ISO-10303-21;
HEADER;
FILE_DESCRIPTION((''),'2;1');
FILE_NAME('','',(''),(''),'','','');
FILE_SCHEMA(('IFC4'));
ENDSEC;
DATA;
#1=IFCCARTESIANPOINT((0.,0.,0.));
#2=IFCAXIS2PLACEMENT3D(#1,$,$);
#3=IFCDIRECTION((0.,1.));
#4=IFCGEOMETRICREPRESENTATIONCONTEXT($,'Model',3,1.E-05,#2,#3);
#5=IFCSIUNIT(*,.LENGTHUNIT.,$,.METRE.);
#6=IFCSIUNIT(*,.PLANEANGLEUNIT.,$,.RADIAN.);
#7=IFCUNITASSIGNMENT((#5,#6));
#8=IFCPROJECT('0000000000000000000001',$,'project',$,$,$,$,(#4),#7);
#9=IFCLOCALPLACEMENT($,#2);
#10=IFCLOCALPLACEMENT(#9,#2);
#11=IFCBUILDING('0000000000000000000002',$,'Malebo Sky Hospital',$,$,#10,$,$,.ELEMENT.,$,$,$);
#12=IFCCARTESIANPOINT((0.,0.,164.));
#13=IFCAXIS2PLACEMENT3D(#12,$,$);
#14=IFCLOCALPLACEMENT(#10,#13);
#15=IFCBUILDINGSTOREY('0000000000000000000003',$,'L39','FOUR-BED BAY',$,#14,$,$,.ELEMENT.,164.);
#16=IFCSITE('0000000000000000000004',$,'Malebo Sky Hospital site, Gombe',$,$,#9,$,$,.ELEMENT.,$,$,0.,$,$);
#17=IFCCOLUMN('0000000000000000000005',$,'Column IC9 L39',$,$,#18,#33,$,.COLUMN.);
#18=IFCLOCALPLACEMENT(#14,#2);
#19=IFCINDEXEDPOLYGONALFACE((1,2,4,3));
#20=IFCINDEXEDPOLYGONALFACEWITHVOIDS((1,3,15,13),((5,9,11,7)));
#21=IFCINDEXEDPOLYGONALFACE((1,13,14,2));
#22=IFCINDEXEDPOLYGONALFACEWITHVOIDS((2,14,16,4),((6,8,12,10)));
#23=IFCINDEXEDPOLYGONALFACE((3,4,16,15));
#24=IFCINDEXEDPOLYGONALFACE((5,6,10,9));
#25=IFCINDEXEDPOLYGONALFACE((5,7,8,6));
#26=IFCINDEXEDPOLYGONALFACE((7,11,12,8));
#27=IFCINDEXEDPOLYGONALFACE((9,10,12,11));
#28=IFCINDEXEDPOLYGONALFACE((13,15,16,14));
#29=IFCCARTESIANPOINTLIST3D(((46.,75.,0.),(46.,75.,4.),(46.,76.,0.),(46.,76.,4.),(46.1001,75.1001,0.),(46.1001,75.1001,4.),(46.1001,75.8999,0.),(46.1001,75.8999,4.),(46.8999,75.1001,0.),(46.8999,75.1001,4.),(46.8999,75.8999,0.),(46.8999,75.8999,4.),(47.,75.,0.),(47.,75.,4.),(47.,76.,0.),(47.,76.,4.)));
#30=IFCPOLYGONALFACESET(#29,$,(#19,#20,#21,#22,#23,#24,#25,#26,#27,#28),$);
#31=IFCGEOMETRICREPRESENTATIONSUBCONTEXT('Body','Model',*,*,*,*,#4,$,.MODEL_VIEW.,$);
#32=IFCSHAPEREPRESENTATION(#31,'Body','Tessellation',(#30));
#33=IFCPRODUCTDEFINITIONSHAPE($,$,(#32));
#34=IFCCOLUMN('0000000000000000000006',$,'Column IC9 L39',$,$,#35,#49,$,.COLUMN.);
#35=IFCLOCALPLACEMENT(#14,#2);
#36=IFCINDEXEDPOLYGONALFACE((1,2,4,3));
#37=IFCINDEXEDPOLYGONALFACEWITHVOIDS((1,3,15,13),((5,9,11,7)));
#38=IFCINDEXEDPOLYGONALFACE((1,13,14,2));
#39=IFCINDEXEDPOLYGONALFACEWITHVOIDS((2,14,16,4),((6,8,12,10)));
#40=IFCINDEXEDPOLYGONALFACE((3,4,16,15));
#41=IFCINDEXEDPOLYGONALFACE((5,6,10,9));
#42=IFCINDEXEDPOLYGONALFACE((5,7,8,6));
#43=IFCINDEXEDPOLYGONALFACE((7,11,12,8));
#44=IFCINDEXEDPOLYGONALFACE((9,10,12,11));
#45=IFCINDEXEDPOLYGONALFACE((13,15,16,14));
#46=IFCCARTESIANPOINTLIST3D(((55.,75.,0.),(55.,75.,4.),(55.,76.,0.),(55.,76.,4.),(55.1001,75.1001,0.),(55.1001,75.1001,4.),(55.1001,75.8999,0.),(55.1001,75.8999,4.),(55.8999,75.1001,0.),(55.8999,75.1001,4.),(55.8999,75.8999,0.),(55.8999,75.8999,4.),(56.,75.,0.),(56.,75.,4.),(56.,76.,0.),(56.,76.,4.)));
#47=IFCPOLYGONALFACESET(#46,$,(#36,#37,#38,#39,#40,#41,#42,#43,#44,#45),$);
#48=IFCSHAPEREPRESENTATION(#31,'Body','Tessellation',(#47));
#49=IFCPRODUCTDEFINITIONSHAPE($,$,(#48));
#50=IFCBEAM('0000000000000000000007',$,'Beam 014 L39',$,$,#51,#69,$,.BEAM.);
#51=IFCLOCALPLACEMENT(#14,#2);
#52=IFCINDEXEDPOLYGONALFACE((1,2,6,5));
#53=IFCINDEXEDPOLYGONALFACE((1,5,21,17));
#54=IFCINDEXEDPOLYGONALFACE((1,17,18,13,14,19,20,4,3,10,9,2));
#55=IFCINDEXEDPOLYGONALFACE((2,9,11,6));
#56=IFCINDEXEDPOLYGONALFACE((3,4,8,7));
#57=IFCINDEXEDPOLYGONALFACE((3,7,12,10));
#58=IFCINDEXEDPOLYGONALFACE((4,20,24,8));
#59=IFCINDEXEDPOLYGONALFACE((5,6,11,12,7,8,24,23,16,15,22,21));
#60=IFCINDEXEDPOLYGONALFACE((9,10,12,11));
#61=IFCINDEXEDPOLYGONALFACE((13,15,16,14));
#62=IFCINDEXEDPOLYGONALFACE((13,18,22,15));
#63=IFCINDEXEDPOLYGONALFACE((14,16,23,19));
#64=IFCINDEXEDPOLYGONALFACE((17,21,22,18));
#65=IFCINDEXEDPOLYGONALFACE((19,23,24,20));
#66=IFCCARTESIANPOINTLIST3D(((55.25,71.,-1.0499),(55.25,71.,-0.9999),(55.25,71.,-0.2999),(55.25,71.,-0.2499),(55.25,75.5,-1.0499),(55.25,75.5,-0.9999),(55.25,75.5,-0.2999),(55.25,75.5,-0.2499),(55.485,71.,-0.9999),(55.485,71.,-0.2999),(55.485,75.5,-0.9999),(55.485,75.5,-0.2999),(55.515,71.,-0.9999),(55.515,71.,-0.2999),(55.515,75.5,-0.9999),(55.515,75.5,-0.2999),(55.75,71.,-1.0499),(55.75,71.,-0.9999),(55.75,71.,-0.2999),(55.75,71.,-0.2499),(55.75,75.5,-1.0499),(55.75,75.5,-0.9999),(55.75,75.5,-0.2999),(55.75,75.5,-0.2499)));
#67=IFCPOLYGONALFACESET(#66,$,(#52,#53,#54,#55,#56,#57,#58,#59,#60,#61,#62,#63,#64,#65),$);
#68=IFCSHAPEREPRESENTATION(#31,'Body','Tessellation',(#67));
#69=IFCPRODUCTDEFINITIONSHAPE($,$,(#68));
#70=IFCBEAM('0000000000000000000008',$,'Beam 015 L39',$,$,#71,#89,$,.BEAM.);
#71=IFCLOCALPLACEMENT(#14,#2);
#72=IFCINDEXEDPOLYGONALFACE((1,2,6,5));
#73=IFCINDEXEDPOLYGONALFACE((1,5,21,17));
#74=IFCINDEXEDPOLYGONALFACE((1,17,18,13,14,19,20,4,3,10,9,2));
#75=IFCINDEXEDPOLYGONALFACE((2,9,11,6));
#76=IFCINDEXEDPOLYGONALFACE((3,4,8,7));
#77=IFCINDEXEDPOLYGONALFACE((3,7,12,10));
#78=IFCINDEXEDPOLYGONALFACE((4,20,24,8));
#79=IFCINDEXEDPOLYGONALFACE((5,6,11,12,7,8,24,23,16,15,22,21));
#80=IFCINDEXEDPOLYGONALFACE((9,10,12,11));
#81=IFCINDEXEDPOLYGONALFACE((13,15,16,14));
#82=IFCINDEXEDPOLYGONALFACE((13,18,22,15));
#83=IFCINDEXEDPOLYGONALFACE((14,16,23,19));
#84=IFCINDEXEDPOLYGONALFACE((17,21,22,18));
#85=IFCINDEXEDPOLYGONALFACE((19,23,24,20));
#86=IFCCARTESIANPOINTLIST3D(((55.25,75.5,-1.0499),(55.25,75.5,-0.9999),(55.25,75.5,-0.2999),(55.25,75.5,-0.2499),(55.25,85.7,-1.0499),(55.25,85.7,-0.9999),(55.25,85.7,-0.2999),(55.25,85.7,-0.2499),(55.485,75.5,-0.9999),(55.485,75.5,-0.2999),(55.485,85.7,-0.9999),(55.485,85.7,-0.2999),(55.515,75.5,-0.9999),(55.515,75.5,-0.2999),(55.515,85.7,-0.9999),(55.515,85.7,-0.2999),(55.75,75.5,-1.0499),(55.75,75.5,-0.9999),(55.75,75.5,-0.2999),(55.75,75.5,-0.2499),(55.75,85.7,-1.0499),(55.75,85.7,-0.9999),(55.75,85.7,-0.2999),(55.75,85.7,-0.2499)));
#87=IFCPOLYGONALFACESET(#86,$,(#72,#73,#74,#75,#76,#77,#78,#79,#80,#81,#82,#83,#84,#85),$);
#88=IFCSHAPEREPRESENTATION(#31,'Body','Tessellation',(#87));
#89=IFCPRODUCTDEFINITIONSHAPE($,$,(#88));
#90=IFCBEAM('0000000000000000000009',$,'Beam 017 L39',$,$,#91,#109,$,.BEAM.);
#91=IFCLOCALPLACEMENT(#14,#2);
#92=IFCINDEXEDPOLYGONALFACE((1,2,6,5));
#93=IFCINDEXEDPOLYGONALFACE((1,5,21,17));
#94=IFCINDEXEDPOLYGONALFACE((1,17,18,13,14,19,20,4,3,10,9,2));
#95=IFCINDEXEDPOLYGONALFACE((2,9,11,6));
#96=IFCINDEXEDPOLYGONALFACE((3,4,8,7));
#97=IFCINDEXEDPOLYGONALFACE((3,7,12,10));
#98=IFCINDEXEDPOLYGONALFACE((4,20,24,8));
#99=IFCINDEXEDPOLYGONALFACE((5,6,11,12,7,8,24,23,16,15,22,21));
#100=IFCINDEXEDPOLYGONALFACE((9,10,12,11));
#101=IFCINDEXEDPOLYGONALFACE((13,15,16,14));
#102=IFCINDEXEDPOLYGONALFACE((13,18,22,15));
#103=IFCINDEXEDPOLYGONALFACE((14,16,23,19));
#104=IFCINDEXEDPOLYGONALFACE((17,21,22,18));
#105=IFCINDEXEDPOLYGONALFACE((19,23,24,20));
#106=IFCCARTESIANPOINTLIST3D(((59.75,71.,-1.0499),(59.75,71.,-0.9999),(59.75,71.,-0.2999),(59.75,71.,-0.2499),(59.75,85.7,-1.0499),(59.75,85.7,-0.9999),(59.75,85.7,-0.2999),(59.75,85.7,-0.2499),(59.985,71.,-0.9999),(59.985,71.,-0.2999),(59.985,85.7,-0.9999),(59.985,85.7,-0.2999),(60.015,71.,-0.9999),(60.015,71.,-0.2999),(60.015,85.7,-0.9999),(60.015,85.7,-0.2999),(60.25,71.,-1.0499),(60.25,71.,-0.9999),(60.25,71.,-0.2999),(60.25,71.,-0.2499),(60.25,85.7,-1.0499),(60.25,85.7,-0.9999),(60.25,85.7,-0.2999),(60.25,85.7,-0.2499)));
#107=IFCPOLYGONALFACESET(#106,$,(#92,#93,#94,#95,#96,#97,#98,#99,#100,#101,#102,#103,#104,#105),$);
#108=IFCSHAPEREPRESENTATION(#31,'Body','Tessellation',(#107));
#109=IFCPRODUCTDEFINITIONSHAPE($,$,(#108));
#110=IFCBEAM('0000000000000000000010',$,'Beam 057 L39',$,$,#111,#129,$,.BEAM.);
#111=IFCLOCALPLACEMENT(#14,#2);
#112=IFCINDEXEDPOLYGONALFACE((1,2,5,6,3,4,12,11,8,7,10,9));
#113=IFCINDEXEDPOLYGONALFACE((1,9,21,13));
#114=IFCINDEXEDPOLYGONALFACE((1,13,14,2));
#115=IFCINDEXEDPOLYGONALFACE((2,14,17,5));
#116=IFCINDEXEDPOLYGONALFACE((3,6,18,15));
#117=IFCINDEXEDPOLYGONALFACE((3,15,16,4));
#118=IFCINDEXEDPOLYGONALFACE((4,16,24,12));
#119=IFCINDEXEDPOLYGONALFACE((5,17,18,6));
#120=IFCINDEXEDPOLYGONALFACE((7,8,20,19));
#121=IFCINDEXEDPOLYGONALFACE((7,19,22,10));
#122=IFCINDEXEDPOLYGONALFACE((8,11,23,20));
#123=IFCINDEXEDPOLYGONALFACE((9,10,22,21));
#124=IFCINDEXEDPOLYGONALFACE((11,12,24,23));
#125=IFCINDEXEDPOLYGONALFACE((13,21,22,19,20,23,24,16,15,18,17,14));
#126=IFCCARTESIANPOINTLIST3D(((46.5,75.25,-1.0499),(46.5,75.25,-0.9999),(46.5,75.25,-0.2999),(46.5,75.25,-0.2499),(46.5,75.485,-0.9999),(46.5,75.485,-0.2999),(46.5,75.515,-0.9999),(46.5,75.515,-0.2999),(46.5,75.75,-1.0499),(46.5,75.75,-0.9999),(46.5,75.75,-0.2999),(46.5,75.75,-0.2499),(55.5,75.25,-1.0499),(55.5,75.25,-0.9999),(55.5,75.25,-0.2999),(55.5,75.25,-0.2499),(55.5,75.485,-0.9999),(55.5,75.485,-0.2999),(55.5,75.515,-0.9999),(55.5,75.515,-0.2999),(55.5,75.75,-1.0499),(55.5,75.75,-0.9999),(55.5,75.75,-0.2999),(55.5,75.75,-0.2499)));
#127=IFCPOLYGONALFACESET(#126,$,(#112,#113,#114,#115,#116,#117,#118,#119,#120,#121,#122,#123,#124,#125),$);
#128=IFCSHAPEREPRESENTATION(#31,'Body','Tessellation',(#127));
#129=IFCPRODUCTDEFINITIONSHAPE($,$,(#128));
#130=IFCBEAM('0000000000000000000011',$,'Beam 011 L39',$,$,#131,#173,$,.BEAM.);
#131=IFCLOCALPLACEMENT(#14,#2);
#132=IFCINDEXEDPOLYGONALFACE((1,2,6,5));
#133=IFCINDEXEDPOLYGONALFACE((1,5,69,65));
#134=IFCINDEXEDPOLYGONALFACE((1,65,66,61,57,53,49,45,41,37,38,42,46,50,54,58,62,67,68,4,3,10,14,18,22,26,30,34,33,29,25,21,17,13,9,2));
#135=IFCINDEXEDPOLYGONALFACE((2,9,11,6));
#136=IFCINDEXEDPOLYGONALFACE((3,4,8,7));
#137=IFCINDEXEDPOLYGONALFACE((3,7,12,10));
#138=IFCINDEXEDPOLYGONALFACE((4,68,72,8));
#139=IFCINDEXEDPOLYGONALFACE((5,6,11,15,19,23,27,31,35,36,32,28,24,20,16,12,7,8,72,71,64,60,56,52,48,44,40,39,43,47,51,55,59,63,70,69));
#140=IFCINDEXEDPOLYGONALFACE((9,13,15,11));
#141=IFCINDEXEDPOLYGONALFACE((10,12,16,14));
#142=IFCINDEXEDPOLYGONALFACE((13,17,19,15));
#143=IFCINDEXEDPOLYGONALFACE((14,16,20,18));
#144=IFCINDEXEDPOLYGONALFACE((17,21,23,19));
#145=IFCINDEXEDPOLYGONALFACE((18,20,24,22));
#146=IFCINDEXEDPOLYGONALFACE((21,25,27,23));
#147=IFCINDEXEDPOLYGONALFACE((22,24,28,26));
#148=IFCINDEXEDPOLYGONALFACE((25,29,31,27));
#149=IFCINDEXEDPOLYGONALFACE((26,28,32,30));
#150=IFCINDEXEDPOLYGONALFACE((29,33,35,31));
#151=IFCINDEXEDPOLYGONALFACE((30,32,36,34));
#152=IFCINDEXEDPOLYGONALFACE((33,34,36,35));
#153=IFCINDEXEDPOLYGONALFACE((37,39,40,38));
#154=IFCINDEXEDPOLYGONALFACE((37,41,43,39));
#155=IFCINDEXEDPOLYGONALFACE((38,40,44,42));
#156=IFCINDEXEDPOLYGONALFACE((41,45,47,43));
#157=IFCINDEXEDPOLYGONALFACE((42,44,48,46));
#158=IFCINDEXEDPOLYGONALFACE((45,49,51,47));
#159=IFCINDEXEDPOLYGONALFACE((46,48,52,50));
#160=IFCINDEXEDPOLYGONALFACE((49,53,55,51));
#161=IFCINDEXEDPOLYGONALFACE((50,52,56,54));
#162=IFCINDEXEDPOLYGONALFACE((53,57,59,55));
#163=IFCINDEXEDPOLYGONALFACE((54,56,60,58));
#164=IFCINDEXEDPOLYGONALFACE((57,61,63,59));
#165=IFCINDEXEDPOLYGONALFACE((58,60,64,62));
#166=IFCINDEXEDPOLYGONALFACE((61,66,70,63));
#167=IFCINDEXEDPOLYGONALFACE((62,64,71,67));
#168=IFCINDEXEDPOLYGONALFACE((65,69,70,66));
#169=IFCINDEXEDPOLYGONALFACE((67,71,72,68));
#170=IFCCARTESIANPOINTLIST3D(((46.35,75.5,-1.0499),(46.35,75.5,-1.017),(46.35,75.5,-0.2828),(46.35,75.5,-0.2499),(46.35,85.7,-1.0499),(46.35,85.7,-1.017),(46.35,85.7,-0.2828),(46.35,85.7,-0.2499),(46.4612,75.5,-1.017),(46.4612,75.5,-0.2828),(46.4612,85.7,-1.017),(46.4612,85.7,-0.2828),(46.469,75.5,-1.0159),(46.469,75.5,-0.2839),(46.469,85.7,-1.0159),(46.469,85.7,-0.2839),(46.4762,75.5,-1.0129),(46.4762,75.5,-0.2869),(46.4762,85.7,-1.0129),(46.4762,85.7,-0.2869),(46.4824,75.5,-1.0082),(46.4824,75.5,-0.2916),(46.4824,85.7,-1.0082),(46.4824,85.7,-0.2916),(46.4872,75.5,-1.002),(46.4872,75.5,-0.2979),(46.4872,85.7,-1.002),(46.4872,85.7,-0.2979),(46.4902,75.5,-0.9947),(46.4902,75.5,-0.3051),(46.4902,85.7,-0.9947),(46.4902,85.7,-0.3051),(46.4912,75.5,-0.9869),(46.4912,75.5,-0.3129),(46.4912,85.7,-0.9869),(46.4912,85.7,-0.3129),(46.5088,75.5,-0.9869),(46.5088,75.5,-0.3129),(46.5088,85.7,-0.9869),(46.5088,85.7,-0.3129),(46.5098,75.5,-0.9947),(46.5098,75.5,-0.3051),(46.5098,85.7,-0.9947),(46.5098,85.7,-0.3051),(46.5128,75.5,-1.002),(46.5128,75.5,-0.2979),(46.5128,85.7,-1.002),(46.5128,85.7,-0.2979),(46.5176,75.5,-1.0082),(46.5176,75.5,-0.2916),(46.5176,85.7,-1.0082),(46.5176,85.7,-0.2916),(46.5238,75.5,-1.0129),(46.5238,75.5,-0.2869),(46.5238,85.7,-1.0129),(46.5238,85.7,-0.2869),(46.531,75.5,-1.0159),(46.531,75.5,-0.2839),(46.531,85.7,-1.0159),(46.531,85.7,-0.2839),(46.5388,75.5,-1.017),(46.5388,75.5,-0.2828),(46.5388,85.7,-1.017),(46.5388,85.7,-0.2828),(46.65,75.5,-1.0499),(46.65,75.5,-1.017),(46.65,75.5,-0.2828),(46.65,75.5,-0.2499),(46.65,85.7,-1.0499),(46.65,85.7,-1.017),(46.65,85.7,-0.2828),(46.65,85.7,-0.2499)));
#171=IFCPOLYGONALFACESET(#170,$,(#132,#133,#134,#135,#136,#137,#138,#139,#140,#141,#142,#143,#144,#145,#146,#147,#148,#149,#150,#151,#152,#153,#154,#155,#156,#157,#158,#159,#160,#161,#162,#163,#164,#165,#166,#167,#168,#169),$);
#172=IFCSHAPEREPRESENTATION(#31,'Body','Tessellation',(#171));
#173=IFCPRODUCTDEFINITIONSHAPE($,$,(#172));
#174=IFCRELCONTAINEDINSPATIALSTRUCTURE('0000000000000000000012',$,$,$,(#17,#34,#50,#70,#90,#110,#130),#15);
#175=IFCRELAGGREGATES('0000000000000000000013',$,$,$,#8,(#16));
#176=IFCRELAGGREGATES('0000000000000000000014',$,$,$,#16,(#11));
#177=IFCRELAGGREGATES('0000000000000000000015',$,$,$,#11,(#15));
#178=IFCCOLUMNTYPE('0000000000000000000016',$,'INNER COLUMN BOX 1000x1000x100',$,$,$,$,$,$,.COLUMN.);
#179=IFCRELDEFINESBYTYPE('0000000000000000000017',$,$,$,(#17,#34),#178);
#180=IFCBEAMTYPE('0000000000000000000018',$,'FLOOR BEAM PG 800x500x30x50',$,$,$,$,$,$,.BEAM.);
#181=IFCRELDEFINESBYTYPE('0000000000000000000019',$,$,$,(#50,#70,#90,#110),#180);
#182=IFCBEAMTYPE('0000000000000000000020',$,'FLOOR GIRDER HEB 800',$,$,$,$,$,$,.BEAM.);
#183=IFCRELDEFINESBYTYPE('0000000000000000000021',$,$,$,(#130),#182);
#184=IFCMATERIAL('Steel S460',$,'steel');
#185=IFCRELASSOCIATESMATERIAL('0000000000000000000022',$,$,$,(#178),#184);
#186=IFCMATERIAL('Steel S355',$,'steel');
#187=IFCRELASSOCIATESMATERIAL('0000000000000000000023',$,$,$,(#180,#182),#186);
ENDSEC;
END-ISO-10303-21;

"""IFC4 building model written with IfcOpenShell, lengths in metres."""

from ifc_helpers import new_model, si_unit, direction, frame, origin, origin_2d, place, context, subcontext, project, spatial, hollow_rectangle, i_section, extrude, material, material_profile, profile_set, type_object, element, save


model = new_model("IFC4")

# Units and contexts
model_context = context("Model", 3, precision=1e-05, world=origin(), true_north=direction((0.0, 1.0)))
body_context = subcontext(model_context, "Body", "Model", "MODEL_VIEW")
ifc_project = project(units=[si_unit("LENGTHUNIT", "METRE"), si_unit("PLANEANGLEUNIT", "RADIAN")], contexts=[model_context])

# Site, building, storey
site_placement = place(None, origin())
site = spatial("IfcSite", under=ifc_project, at=site_placement, Name="Malebo Sky Hospital site, Gombe", CompositionType="ELEMENT", RefElevation=0.0)
building_placement = place(site_placement, origin())
building = spatial("IfcBuilding", under=site, at=building_placement, Name="Malebo Sky Hospital", CompositionType="ELEMENT")
storey_placement = place(building_placement, frame((0.0, 0.0, 164.0)))
storey = spatial("IfcBuildingStorey", under=building, at=storey_placement, Name="L39", Description="FOUR-BED BAY", CompositionType="ELEMENT", Elevation=164.0)

# Columns
ifc_material_1 = material(Name="Steel S460", Category="steel")
ifc_material_profile_1 = material_profile(ifc_material_1, hollow_rectangle(XDim=1.0, YDim=1.0, WallThickness=0.1001, at=origin_2d()), Name="BOX 1000x1000x100")
ifc_profile_set_1 = profile_set([ifc_material_profile_1], Name="Steel S460")
column_type = type_object("IfcColumnType", Name="INNER COLUMN BOX 1000x1000x100", PredefinedType="COLUMN", material=ifc_profile_set_1)
for number, where, z_axis, x_axis, name in (
    (1, (46.5, 75.5, 0.0), (0.0, 0.0, 1.0), (1.0, 0.0, 0.0), "Column IC9 L39"),
    (2, (55.5, 75.5, 0.0), (0.0, 0.0, 1.0), (1.0, 0.0, 0.0), "Column IC9 L39"),
):
    element("IfcColumn", number, at=place(storey_placement, frame(where, z_axis=z_axis, x_axis=x_axis)), inside=storey, type_object=column_type, Name=name, PredefinedType="COLUMN", context=body_context, shape_type="SweptSolid", body=[
        extrude(hollow_rectangle(XDim=1.0, YDim=1.0, WallThickness=0.1001, at=origin_2d()), origin(), (0.0, 0.0, 1.0), 4.0),
    ])

# Beams
ifc_material_2 = material(Name="Steel S355", Category="steel")
ifc_material_profile_2 = material_profile(ifc_material_2, i_section(OverallWidth=0.5, OverallDepth=0.8, WebThickness=0.03, FlangeThickness=0.05, at=origin_2d()), Name="PG 800x500x30x50")
ifc_profile_set_2 = profile_set([ifc_material_profile_2], Name="Steel S355")
beam_type_1 = type_object("IfcBeamType", Name="FLOOR BEAM PG 800x500x30x50", PredefinedType="BEAM", material=ifc_profile_set_2)
beam_1_placement = place(storey_placement, frame((55.5, 71.0, -0.6499), z_axis=(0.0, 1.0, 0.0), x_axis=(-1.0, 0.0, 0.0)))
element("IfcBeam", 3, at=beam_1_placement, inside=storey, type_object=beam_type_1, Name="Beam 014 L39", PredefinedType="BEAM", context=body_context, shape_type="SweptSolid", body=[
    extrude(i_section(OverallWidth=0.5, OverallDepth=0.8, WebThickness=0.03, FlangeThickness=0.05, at=origin_2d()), origin(), (0.0, 0.0, 1.0), 4.5),
])
beam_2_placement = place(storey_placement, frame((55.5, 75.5, -0.6499), z_axis=(0.0, 1.0, 0.0), x_axis=(-1.0, 0.0, 0.0)))
element("IfcBeam", 4, at=beam_2_placement, inside=storey, type_object=beam_type_1, Name="Beam 015 L39", PredefinedType="BEAM", context=body_context, shape_type="SweptSolid", body=[
    extrude(i_section(OverallWidth=0.5, OverallDepth=0.8, WebThickness=0.03, FlangeThickness=0.05, at=origin_2d()), origin(), (0.0, 0.0, 1.0), 10.2),
])
beam_3_placement = place(storey_placement, frame((60.0, 71.0, -0.6499), z_axis=(0.0, 1.0, 0.0), x_axis=(-1.0, 0.0, 0.0)))
element("IfcBeam", 5, at=beam_3_placement, inside=storey, type_object=beam_type_1, Name="Beam 017 L39", PredefinedType="BEAM", context=body_context, shape_type="SweptSolid", body=[
    extrude(i_section(OverallWidth=0.5, OverallDepth=0.8, WebThickness=0.03, FlangeThickness=0.05, at=origin_2d()), origin(), (0.0, 0.0, 1.0), 14.7),
])
beam_4_placement = place(storey_placement, frame((46.5, 75.5, -0.6499), z_axis=(1.0, 0.0, 0.0), x_axis=(0.0, 1.0, 0.0)))
element("IfcBeam", 6, at=beam_4_placement, inside=storey, type_object=beam_type_1, Name="Beam 057 L39", PredefinedType="BEAM", context=body_context, shape_type="SweptSolid", body=[
    extrude(i_section(OverallWidth=0.5, OverallDepth=0.8, WebThickness=0.03, FlangeThickness=0.05, at=origin_2d()), origin(), (0.0, 0.0, 1.0), 9.0),
])
ifc_material_profile_3 = material_profile(ifc_material_2, i_section(OverallWidth=0.3, OverallDepth=0.8, WebThickness=0.0176, FlangeThickness=0.033, FilletRadius=0.03, at=origin_2d()), Name="HEB 800")
ifc_profile_set_3 = profile_set([ifc_material_profile_3], Name="Steel S355")
beam_type_2 = type_object("IfcBeamType", Name="FLOOR GIRDER HEB 800", PredefinedType="BEAM", material=ifc_profile_set_3)
beam_5_placement = place(storey_placement, frame((46.5, 75.5, -0.6499), z_axis=(0.0, 1.0, 0.0), x_axis=(-1.0, 0.0, 0.0)))
element("IfcBeam", 7, at=beam_5_placement, inside=storey, type_object=beam_type_2, Name="Beam 011 L39", PredefinedType="BEAM", context=body_context, shape_type="SweptSolid", body=[
    extrude(i_section(OverallWidth=0.3, OverallDepth=0.8, WebThickness=0.0176, FlangeThickness=0.033, FilletRadius=0.03, at=origin_2d()), origin(), (0.0, 0.0, 1.0), 10.2),
])

save(model, "model.ifc")
